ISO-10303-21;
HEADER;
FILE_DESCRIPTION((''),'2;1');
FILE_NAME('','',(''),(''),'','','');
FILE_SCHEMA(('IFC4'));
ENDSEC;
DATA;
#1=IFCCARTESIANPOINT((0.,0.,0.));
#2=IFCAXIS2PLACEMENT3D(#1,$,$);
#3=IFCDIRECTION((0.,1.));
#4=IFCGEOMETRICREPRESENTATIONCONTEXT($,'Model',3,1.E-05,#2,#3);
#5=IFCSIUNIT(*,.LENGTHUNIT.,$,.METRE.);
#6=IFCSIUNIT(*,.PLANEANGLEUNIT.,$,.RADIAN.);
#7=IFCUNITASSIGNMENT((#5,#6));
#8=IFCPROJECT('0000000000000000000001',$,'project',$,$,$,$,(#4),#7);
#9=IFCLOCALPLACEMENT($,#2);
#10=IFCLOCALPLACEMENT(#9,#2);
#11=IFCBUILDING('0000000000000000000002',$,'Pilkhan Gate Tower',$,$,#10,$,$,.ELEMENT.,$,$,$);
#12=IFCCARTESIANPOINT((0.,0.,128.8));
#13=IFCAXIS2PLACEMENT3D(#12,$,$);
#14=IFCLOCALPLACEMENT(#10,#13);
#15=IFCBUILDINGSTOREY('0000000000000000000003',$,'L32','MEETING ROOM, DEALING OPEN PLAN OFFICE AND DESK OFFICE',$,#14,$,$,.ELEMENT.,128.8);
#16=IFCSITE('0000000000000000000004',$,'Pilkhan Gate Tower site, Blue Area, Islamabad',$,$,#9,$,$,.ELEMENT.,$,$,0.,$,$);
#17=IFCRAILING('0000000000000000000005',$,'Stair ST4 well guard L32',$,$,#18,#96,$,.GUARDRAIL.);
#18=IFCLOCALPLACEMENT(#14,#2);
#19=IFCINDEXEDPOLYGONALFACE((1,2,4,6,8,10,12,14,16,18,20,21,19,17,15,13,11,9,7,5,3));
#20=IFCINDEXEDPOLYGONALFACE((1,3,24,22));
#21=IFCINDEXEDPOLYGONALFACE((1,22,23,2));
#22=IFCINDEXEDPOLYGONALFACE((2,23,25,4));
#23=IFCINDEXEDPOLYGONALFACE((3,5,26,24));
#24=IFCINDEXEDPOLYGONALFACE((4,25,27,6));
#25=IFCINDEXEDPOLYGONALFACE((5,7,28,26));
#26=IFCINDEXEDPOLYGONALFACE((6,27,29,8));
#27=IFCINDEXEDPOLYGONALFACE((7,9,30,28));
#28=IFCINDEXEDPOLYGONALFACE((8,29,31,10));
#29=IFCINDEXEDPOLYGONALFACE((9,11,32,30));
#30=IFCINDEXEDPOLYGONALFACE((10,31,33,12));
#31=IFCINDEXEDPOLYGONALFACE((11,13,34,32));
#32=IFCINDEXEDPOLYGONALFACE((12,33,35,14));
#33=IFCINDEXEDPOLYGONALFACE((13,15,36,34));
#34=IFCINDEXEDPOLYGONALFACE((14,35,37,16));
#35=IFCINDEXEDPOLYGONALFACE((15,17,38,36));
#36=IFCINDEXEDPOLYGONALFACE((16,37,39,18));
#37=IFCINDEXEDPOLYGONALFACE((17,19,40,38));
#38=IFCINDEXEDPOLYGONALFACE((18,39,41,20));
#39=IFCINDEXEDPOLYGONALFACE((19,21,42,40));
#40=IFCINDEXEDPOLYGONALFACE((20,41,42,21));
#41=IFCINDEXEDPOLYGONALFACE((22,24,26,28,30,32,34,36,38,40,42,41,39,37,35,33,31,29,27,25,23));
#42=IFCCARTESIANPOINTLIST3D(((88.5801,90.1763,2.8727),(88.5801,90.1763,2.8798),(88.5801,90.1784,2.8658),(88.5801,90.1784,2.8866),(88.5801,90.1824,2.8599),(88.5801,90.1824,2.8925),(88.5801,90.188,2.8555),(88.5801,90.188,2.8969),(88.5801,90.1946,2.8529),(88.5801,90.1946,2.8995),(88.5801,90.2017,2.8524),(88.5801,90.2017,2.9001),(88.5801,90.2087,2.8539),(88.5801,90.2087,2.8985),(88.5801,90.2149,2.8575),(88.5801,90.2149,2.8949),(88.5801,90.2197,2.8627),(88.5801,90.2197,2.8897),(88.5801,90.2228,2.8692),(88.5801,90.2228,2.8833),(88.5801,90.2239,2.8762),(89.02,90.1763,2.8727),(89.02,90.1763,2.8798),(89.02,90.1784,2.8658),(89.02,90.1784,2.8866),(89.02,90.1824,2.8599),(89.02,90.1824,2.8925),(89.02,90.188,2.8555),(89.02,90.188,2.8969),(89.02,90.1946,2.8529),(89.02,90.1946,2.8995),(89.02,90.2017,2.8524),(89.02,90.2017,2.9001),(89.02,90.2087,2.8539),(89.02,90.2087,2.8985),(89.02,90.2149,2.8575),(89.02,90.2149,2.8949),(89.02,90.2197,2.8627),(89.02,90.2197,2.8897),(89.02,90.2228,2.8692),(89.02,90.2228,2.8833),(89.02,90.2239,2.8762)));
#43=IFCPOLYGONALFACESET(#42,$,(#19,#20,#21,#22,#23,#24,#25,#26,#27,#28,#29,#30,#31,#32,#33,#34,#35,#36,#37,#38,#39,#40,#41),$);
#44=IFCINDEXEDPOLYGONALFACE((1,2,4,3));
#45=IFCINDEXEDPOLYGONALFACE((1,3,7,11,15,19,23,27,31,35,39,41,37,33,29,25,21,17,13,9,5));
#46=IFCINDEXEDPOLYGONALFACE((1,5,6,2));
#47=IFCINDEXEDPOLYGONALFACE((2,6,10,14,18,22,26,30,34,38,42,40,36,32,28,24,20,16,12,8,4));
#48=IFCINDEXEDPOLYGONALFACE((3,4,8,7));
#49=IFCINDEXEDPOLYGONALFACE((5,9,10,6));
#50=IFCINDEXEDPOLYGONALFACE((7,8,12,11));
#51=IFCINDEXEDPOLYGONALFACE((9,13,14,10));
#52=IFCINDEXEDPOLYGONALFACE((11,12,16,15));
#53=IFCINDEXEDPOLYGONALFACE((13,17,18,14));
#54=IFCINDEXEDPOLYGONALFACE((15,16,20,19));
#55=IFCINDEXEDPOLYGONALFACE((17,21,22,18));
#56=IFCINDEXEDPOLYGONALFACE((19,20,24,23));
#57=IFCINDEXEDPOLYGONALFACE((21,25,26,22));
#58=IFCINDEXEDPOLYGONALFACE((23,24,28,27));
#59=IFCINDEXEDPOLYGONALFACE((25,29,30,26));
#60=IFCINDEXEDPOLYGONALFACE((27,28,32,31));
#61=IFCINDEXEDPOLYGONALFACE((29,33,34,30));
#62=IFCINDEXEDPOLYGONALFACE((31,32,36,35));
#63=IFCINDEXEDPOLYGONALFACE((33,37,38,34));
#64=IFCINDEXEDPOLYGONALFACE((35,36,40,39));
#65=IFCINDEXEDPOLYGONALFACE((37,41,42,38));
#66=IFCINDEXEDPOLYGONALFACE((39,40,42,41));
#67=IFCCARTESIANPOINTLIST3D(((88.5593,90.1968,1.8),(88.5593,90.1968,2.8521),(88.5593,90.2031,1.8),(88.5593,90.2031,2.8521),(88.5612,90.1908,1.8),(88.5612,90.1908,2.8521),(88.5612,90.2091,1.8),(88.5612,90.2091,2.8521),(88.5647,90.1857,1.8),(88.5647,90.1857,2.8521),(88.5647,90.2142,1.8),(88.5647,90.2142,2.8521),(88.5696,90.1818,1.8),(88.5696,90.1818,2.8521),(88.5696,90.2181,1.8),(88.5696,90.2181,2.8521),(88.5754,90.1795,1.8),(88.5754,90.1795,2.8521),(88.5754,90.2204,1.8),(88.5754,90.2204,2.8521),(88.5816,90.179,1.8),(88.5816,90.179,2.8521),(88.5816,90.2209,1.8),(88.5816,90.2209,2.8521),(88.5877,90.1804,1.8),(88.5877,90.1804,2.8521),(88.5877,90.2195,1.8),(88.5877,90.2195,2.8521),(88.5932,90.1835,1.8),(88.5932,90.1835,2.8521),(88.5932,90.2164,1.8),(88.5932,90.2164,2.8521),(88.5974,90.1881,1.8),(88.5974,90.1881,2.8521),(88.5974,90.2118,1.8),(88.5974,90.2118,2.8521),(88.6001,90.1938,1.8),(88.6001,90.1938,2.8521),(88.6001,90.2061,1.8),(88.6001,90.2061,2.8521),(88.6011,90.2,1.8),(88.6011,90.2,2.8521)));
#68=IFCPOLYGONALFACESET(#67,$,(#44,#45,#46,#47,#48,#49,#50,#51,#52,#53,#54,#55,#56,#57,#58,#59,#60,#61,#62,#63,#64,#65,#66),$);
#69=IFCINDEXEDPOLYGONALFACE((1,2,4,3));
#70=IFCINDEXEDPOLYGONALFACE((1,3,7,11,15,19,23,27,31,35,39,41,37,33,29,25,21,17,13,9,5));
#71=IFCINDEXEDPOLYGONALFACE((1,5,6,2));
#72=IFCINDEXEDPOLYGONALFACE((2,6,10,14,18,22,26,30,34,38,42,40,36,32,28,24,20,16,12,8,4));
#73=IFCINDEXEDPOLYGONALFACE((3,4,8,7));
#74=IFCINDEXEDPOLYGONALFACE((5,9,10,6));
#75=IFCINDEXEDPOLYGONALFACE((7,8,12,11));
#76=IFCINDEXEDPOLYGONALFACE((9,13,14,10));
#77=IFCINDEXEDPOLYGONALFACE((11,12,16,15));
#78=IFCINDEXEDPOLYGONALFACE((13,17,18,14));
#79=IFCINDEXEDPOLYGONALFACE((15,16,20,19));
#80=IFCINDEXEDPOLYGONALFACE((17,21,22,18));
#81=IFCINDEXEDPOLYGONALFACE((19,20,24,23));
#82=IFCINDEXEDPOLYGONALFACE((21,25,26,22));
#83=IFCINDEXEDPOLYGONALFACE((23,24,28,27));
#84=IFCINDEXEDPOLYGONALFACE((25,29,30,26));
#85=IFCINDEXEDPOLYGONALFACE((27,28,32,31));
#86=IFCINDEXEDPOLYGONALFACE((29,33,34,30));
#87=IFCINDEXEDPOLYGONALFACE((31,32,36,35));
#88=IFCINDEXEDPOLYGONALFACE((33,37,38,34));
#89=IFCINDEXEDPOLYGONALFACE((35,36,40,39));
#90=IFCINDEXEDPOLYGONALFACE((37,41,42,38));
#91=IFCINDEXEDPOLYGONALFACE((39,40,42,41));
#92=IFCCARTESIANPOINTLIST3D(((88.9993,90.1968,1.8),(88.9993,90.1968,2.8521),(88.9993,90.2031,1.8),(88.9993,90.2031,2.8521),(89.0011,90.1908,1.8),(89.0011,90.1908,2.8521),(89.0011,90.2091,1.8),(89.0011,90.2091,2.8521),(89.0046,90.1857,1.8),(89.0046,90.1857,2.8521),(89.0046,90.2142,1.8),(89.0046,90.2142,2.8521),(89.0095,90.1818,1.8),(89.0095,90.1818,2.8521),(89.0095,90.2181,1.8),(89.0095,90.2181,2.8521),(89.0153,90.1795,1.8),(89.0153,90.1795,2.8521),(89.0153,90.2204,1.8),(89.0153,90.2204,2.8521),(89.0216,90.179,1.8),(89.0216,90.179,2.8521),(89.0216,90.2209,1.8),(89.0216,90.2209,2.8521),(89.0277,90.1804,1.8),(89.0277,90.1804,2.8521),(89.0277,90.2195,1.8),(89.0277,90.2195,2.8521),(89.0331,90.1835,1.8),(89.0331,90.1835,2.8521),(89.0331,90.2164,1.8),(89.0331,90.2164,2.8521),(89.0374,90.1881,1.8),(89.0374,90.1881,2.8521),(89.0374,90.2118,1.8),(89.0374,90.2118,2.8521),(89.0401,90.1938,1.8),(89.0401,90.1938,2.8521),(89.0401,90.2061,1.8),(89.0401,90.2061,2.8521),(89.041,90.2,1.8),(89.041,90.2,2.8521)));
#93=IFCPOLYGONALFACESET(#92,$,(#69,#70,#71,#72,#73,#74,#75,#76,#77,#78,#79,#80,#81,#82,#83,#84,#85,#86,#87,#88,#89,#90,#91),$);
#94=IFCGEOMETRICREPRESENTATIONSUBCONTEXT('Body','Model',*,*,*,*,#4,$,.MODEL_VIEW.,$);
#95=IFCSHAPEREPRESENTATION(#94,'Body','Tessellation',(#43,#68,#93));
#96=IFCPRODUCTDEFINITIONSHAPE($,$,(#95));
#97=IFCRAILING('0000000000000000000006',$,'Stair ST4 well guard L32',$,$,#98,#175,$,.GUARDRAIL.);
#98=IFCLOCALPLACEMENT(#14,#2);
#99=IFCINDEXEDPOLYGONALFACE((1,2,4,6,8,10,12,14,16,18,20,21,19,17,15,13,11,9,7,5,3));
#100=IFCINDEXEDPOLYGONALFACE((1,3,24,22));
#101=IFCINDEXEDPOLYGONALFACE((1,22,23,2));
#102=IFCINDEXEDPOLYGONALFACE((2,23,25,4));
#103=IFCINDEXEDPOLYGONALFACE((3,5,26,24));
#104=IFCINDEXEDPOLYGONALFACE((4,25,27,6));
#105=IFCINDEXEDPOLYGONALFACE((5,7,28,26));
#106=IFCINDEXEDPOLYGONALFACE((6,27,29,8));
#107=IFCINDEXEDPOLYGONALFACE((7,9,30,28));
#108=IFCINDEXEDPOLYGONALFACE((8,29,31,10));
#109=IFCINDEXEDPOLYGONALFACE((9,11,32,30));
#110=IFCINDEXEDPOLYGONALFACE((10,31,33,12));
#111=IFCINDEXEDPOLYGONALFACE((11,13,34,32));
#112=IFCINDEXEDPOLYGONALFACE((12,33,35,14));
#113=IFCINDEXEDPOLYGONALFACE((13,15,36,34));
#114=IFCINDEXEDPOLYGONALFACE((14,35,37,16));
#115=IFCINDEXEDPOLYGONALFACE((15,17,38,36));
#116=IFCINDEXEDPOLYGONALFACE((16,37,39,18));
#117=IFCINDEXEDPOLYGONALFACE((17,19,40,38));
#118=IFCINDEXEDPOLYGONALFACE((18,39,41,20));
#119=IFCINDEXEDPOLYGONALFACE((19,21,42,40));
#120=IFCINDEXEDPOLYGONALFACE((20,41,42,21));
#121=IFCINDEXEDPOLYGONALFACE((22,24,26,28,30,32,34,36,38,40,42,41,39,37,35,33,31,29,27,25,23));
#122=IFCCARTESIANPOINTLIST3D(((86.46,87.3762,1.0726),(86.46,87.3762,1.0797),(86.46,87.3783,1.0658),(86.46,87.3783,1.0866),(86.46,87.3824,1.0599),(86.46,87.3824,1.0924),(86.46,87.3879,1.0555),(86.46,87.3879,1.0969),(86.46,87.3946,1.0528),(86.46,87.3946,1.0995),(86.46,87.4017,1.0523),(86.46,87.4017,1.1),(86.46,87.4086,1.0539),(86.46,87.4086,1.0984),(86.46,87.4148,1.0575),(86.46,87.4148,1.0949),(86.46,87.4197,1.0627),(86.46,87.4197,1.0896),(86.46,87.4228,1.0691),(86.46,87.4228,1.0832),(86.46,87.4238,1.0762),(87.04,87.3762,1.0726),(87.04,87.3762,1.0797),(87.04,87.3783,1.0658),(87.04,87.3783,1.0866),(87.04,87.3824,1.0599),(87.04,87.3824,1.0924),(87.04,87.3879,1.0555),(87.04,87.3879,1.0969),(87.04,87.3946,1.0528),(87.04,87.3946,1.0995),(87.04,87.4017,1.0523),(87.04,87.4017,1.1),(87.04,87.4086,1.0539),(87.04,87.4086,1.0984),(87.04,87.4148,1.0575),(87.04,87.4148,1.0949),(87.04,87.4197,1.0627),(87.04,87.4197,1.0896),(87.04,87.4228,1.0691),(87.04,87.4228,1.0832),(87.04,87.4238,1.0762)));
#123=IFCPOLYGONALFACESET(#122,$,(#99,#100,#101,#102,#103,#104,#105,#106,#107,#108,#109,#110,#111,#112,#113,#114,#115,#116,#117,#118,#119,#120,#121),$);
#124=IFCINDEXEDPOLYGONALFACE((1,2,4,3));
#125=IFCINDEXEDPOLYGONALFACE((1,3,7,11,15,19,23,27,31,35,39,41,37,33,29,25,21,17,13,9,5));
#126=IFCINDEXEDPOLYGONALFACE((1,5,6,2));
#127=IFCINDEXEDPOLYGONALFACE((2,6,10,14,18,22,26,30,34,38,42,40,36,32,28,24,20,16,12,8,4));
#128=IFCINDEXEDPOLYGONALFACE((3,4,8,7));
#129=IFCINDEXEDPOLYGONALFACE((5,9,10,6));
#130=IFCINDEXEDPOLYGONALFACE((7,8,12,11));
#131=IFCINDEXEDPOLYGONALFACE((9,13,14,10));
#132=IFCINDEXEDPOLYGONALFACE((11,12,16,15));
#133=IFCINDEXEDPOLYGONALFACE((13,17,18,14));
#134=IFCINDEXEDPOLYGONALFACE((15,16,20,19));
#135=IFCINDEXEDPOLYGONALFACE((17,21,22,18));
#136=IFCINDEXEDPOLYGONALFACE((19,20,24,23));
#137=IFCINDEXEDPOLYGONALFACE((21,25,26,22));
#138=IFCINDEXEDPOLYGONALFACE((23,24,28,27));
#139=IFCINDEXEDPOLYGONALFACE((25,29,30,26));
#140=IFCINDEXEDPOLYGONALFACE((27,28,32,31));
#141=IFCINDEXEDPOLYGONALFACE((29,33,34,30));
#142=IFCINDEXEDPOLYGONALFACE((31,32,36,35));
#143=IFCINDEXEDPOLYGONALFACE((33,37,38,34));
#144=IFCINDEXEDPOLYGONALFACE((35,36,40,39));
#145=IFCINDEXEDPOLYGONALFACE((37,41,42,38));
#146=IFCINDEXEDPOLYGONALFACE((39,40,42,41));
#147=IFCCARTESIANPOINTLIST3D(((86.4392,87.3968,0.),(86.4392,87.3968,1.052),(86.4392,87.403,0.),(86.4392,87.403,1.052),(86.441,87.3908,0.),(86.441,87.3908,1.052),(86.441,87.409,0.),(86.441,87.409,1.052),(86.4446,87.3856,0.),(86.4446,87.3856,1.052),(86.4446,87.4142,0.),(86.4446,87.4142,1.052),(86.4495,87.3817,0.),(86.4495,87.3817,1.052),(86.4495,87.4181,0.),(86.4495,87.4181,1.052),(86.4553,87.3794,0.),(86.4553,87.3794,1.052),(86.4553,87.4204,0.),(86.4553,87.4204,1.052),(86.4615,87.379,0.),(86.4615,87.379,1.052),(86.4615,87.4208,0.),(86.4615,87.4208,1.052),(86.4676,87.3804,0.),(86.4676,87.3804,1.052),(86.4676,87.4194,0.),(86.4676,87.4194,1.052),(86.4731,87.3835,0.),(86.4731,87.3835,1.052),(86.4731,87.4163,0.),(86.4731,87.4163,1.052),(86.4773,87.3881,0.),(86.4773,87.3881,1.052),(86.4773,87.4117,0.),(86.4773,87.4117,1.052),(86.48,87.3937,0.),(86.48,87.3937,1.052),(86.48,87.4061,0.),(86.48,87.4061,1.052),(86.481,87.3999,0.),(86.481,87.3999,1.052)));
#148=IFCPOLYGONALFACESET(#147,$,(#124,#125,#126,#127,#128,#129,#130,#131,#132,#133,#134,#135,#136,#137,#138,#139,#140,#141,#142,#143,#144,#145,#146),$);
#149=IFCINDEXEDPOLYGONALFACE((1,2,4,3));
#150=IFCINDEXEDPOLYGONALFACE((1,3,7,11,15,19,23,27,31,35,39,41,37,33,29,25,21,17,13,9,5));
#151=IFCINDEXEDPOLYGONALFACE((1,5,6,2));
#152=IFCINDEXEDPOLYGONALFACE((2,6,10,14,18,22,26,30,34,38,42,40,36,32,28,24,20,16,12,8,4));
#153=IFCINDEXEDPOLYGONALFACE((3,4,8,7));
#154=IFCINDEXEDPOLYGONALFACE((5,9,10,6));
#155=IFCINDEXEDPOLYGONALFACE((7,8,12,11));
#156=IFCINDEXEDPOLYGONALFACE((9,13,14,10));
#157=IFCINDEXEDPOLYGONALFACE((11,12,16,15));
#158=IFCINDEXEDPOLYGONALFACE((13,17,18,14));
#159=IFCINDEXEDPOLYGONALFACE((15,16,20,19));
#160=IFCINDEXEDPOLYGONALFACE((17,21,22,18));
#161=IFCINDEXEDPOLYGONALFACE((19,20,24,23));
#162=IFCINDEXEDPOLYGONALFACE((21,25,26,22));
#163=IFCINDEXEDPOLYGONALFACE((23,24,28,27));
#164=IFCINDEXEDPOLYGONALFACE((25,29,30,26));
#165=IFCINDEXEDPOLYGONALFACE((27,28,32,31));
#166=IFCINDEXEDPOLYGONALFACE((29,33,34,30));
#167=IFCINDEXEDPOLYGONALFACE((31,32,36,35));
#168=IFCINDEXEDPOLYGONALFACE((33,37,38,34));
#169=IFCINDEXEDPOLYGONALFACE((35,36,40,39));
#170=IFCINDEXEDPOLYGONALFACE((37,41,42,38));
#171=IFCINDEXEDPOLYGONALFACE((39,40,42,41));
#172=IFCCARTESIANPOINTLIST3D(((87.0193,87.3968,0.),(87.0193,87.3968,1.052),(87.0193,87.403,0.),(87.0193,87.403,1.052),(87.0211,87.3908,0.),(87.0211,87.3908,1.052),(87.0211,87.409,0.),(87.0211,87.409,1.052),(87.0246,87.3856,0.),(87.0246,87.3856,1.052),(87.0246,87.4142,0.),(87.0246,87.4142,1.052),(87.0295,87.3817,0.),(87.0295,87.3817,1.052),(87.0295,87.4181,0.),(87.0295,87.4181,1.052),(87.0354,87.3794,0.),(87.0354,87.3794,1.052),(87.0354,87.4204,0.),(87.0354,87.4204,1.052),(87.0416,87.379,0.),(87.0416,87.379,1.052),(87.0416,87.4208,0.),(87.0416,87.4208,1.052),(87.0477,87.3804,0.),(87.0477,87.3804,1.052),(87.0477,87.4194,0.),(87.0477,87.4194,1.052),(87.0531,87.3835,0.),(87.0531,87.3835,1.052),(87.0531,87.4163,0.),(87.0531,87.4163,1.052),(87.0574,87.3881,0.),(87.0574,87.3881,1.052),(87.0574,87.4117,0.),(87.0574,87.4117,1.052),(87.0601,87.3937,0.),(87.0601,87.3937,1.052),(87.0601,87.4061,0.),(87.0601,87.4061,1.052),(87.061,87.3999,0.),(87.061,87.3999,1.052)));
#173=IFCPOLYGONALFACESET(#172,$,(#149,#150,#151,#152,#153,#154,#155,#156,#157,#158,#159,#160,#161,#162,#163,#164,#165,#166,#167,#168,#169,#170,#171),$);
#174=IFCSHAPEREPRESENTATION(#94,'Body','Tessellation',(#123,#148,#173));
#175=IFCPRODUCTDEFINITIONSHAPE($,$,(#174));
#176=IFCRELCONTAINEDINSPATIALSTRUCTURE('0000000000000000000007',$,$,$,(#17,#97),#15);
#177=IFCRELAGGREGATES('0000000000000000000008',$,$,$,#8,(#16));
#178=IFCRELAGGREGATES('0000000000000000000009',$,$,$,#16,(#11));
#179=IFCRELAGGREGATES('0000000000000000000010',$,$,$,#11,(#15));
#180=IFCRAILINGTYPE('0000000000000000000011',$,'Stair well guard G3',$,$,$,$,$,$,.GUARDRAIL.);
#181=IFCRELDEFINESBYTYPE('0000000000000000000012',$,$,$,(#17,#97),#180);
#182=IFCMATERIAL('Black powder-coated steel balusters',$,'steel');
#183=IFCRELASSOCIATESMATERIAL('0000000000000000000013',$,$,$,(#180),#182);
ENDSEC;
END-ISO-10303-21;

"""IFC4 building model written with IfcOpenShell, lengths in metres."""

from ifc_helpers import new_model, si_unit, direction, frame, origin, origin_2d, place, context, subcontext, project, spatial, circle, extrude, material, type_object, element, save


model = new_model("IFC4")

# Units and contexts
model_context = context("Model", 3, precision=1e-05, world=origin(), true_north=direction((0.0, 1.0)))
body_context = subcontext(model_context, "Body", "Model", "MODEL_VIEW")
ifc_project = project(units=[si_unit("LENGTHUNIT", "METRE"), si_unit("PLANEANGLEUNIT", "RADIAN")], contexts=[model_context])

# Site, building, storey
site_placement = place(None, origin())
site = spatial("IfcSite", under=ifc_project, at=site_placement, Name="Pilkhan Gate Tower site, Blue Area, Islamabad", CompositionType="ELEMENT", RefElevation=0.0)
building_placement = place(site_placement, origin())
building = spatial("IfcBuilding", under=site, at=building_placement, Name="Pilkhan Gate Tower", CompositionType="ELEMENT")
storey_placement = place(building_placement, frame((0.0, 0.0, 128.8)))
storey = spatial("IfcBuildingStorey", under=building, at=storey_placement, Name="L32", Description="MEETING ROOM, DEALING OPEN PLAN OFFICE AND DESK OFFICE", CompositionType="ELEMENT", Elevation=128.8)

# Railings
ifc_material_1 = material(Name="Black powder-coated steel balusters", Category="steel")
railing_type_1 = type_object("IfcRailingType", Name="Stair well guard G3", PredefinedType="GUARDRAIL", material=ifc_material_1)
railing_1_placement = place(storey_placement, frame((88.5801, 90.2, 1.8)))
element("IfcRailing", 1, at=railing_1_placement, inside=storey, type_object=railing_type_1, Name="Stair ST4 well guard L32", PredefinedType="GUARDRAIL", context=body_context, shape_type="SweptSolid", body=[
    extrude(circle(Radius=0.0239, at=origin_2d()), frame((0.0, 0.0, 1.0762), z_axis=(1.0, 0.0, 0.0), x_axis=(0.0, 1.0, 0.0)), (0.0, 0.0, 1.0), 0.4399),
    extrude(circle(Radius=0.021, at=origin_2d()), origin(), (0.0, 0.0, 1.0), 1.052),
    extrude(circle(Radius=0.021, at=origin_2d()), frame((0.4399, 0.0, 0.0)), (0.0, 0.0, 1.0), 1.052),
])
for number, where, name in (
    (2, (86.46, 87.3999, 0.0), "Stair ST4 well guard L32"),
):
    element("IfcRailing", number, at=place(storey_placement, frame(where)), inside=storey, type_object=railing_type_1, Name=name, PredefinedType="GUARDRAIL", context=body_context, shape_type="SweptSolid", body=[
        extrude(circle(Radius=0.0239, at=origin_2d()), frame((0.0, 0.0, 1.0762), z_axis=(1.0, 0.0, 0.0), x_axis=(0.0, 1.0, 0.0)), (0.0, 0.0, 1.0), 0.5801),
        extrude(circle(Radius=0.021, at=origin_2d()), origin(), (0.0, 0.0, 1.0), 1.052),
        extrude(circle(Radius=0.021, at=origin_2d()), frame((0.5801, 0.0, 0.0)), (0.0, 0.0, 1.0), 1.052),
    ])

save(model, "model.ifc")
